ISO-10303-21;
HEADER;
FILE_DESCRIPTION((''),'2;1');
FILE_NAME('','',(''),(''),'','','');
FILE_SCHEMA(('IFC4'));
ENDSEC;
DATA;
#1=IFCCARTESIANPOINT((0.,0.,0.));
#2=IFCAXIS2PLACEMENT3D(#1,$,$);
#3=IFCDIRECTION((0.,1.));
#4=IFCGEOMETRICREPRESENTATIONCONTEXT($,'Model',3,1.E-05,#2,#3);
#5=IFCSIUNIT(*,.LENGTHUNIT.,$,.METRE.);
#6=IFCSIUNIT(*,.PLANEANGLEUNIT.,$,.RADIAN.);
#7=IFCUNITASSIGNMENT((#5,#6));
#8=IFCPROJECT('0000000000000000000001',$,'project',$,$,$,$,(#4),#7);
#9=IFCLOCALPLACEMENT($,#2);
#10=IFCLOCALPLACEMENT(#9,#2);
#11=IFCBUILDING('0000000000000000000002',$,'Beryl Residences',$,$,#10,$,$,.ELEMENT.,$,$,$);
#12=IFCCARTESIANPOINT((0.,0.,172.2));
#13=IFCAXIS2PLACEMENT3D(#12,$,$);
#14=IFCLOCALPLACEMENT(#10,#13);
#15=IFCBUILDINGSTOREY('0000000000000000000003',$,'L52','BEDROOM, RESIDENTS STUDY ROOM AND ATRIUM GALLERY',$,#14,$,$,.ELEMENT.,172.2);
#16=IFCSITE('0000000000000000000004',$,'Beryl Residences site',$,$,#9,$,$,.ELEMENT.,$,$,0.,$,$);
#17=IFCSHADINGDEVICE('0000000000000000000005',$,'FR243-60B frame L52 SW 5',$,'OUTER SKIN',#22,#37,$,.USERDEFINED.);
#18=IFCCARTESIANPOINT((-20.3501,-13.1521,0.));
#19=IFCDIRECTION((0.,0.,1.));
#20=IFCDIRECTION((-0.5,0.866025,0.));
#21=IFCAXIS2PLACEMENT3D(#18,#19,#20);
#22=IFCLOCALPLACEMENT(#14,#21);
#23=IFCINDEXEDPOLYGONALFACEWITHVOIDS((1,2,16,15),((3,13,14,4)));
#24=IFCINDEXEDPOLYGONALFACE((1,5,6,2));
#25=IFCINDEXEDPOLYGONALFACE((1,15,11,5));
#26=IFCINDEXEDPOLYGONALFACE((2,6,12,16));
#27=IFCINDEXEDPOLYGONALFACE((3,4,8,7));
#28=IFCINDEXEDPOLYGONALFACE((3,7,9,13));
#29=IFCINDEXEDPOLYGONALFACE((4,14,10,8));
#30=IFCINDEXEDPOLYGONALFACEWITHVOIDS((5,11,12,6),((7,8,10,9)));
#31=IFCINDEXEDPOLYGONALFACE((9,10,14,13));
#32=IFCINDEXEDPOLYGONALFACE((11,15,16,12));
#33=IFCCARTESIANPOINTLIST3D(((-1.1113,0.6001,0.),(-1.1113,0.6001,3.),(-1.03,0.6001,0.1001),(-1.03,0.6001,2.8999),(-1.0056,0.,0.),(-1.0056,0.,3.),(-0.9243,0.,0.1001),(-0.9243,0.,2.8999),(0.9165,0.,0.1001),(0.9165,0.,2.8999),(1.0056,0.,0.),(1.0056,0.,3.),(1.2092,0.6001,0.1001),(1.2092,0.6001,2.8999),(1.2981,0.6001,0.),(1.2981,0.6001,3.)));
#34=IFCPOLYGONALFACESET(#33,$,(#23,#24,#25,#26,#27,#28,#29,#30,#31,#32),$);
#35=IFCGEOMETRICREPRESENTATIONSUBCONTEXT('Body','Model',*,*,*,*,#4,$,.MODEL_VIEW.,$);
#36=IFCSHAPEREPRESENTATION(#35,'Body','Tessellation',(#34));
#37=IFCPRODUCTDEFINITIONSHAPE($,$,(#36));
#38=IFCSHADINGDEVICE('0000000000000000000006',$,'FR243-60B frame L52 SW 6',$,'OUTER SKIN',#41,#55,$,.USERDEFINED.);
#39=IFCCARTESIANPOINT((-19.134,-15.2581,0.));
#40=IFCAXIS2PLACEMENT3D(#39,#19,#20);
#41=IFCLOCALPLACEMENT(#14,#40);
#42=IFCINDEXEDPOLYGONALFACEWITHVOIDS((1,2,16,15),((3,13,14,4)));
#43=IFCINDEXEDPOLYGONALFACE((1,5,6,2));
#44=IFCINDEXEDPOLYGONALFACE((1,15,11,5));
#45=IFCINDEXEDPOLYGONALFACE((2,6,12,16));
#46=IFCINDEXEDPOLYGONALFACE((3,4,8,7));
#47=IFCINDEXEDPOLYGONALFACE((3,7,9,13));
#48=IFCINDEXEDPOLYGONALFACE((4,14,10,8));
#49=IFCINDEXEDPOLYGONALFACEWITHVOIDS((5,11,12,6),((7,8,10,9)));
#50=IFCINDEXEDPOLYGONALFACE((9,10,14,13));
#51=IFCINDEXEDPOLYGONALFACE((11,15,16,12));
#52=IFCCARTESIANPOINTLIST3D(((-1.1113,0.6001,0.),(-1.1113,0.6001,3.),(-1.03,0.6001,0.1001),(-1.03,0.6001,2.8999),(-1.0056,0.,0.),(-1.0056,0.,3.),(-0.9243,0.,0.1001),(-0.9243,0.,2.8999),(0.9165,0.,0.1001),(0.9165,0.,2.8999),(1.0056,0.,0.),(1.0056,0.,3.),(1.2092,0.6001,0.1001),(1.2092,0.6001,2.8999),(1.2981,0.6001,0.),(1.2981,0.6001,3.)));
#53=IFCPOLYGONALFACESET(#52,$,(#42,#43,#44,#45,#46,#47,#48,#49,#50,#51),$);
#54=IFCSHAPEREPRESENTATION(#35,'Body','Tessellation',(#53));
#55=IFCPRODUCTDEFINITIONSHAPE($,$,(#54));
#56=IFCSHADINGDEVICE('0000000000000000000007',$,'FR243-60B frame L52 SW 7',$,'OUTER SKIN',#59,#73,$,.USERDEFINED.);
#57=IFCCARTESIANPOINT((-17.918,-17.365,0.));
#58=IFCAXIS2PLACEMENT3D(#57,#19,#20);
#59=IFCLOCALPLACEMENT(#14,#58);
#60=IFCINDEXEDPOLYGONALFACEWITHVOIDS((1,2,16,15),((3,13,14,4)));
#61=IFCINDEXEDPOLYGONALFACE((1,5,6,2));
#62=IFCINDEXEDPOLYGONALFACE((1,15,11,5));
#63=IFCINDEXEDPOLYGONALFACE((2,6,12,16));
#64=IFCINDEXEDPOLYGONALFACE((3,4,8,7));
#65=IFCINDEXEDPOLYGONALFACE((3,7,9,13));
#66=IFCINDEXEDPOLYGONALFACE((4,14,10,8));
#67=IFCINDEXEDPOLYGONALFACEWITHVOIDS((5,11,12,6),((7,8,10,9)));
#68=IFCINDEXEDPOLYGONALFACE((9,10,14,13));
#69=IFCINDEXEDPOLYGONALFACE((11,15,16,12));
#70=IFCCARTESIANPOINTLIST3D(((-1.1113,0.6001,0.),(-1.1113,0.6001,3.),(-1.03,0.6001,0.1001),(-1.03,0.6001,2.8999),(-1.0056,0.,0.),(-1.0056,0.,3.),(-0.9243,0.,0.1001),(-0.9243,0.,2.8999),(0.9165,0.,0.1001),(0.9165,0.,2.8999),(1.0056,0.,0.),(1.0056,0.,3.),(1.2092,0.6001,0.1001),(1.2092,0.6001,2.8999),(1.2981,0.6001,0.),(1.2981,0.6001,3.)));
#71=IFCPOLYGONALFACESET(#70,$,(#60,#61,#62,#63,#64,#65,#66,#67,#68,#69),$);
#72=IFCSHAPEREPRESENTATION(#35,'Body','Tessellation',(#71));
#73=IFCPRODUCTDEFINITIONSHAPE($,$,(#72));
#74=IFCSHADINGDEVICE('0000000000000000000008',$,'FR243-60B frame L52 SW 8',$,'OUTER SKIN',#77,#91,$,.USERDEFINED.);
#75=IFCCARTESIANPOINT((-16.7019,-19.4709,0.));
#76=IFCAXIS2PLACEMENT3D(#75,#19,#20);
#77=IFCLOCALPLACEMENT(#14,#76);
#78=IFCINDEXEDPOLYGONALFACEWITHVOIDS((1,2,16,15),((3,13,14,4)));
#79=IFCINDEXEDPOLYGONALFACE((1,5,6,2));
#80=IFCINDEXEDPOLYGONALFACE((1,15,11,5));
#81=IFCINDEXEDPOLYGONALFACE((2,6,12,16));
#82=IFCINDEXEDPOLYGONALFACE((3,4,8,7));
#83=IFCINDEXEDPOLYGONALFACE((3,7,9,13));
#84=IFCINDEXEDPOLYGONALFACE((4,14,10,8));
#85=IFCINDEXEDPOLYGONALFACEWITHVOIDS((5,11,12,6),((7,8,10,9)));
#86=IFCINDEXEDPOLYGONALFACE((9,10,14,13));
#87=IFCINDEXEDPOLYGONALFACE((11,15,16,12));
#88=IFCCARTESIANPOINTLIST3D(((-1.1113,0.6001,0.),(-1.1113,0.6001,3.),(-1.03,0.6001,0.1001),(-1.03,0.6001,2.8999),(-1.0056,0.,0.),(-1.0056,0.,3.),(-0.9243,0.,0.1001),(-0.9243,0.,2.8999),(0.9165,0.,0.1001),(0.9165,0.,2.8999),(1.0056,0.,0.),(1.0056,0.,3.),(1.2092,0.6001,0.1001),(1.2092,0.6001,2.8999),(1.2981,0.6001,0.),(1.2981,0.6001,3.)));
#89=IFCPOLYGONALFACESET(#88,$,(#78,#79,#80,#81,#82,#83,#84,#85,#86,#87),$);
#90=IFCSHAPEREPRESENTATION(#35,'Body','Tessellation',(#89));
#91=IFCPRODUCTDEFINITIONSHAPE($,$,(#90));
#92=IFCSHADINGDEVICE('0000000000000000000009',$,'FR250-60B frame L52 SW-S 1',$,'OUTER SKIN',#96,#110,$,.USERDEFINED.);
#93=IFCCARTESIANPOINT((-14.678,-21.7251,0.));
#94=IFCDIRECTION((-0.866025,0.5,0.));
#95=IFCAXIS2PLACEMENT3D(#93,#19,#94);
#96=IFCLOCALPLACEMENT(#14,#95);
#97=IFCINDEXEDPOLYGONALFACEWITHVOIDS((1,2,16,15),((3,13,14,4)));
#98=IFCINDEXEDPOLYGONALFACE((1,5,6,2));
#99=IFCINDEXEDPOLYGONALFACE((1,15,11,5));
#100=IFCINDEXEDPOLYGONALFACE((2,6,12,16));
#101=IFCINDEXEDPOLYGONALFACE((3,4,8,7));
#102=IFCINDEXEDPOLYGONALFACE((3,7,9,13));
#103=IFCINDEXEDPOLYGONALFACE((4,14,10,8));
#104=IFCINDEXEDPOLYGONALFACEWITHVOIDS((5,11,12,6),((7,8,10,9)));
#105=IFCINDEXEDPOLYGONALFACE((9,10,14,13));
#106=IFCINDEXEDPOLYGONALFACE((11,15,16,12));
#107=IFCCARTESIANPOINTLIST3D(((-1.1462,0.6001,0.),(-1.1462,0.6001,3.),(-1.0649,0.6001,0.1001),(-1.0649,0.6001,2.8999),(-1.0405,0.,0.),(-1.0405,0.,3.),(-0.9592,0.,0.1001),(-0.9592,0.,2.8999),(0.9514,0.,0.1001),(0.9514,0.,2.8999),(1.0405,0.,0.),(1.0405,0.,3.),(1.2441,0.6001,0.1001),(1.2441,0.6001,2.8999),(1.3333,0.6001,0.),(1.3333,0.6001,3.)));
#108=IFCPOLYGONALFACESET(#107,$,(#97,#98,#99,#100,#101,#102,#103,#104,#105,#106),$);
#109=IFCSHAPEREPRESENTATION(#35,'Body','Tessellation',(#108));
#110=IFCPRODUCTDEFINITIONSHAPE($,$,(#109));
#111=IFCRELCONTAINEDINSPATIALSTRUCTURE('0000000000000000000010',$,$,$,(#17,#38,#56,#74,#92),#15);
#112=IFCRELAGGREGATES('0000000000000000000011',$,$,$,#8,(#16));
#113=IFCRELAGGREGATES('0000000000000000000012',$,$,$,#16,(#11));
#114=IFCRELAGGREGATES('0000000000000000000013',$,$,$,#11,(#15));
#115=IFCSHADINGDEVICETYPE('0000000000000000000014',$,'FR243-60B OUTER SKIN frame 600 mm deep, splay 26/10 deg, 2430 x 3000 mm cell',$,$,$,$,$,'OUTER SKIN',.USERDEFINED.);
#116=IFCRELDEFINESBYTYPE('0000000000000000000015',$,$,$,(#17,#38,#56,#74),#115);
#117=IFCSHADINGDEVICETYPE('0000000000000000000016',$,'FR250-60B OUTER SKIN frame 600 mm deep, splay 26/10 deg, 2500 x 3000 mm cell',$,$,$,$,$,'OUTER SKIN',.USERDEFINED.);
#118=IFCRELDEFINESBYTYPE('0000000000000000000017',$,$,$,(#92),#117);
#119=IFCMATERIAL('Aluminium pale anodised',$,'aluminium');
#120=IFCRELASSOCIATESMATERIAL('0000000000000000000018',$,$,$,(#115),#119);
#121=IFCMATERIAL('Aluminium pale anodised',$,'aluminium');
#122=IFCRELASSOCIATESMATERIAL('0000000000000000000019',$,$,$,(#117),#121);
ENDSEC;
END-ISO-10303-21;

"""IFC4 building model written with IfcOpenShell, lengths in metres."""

from ifc_helpers import new_model, entity, si_unit, direction, frame, origin, place, context, subcontext, project, spatial, source, transform, mapped, material, type_object, type_shapes, element, save


model = new_model("IFC4")

# Units and contexts
model_context = context("Model", 3, precision=1e-05, world=origin(), true_north=direction((0.0, 1.0)))
body_context = subcontext(model_context, "Body", "Model", "MODEL_VIEW")
ifc_project = project(units=[si_unit("LENGTHUNIT", "METRE"), si_unit("PLANEANGLEUNIT", "RADIAN")], contexts=[model_context])

# Site, building, storey
site_placement = place(None, origin())
site = spatial("IfcSite", under=ifc_project, at=site_placement, Name="Beryl Residences site", CompositionType="ELEMENT", RefElevation=0.0)
building_placement = place(site_placement, origin())
building = spatial("IfcBuilding", under=site, at=building_placement, Name="Beryl Residences", CompositionType="ELEMENT")
storey_placement = place(building_placement, frame((0.0, 0.0, 172.2)))
storey = spatial("IfcBuildingStorey", under=building, at=storey_placement, Name="L52", Description="BEDROOM, RESIDENTS STUDY ROOM AND ATRIUM GALLERY", CompositionType="ELEMENT", Elevation=172.2)

# Shading devices
ifc_material_1 = material(Name="Aluminium pale anodised", Category="aluminium")
shading_device_type_1 = type_object("IfcShadingDeviceType", Name="FR243-60B OUTER SKIN frame 600 mm deep, splay 26/10 deg, 2430 x 3000 mm cell", ElementType="OUTER SKIN", PredefinedType="USERDEFINED", material=ifc_material_1)
cartesian_point_1 = entity("IfcCartesianPoint", [-1.0056, 0.0])
cartesian_point_2 = entity("IfcCartesianPoint", [-0.9165, 0.1001])
cartesian_point_3 = entity("IfcCartesianPoint", [-1.2981, 0.0])
cartesian_point_4 = entity("IfcCartesianPoint", [-1.2092, 0.1001])
shared_shape_1 = source(origin(), body_context, "Body", "SweptSolid", [
    entity("IfcExtrudedAreaSolidTapered", entity("IfcArbitraryProfileDefWithVoids", "AREA", None, entity("IfcPolyline", [cartesian_point_1, entity("IfcCartesianPoint", [1.0056, 0.0]), entity("IfcCartesianPoint", [1.0056, 3.0]), entity("IfcCartesianPoint", [-1.0056, 3.0]), cartesian_point_1]), [entity("IfcPolyline", [cartesian_point_2, entity("IfcCartesianPoint", [0.9243, 0.1001]), entity("IfcCartesianPoint", [0.9243, 2.8999]), entity("IfcCartesianPoint", [-0.9165, 2.8999]), cartesian_point_2])]), entity("IfcAxis2Placement3D", entity("IfcCartesianPoint", [0.0, 0.0, 0.0]), entity("IfcDirection", [0.0, 1.0, 0.0]), entity("IfcDirection", [-1.0, 0.0, 0.0])), entity("IfcDirection", [0.0, 0.0, 1.0]), 0.6001, entity("IfcArbitraryProfileDefWithVoids", "AREA", None, entity("IfcPolyline", [cartesian_point_3, entity("IfcCartesianPoint", [1.1113, 0.0]), entity("IfcCartesianPoint", [1.1113, 3.0]), entity("IfcCartesianPoint", [-1.2981, 3.0]), cartesian_point_3]), [entity("IfcPolyline", [cartesian_point_4, entity("IfcCartesianPoint", [1.03, 0.1001]), entity("IfcCartesianPoint", [1.03, 2.8999]), entity("IfcCartesianPoint", [-1.2092, 2.8999]), cartesian_point_4])])),
])
type_shapes(shading_device_type_1, [shared_shape_1])
for number, where, z_axis, x_axis, name in (
    (1, (-20.3501, -13.1521, 0.0), (0.0, 0.0, 1.0), (-0.5, 0.866025, 0.0), "FR243-60B frame L52 SW 5"),
    (2, (-19.134, -15.2581, 0.0), (0.0, 0.0, 1.0), (-0.5, 0.866025, 0.0), "FR243-60B frame L52 SW 6"),
    (3, (-17.918, -17.365, 0.0), (0.0, 0.0, 1.0), (-0.5, 0.866025, 0.0), "FR243-60B frame L52 SW 7"),
    (4, (-16.7019, -19.4709, 0.0), (0.0, 0.0, 1.0), (-0.5, 0.866025, 0.0), "FR243-60B frame L52 SW 8"),
):
    element("IfcShadingDevice", number, at=place(storey_placement, frame(where, z_axis=z_axis, x_axis=x_axis)), inside=storey, type_object=shading_device_type_1, Name=name, ObjectType="OUTER SKIN", PredefinedType="USERDEFINED", context=body_context, shape_type="MappedRepresentation", body=[
        mapped(shared_shape_1, transform((0.0, 0.0, 0.0))),
    ])
ifc_material_2 = material(Name="Aluminium pale anodised", Category="aluminium")
shading_device_type_2 = type_object("IfcShadingDeviceType", Name="FR250-60B OUTER SKIN frame 600 mm deep, splay 26/10 deg, 2500 x 3000 mm cell", ElementType="OUTER SKIN", PredefinedType="USERDEFINED", material=ifc_material_2)
cartesian_point_5 = entity("IfcCartesianPoint", [-1.0405, 0.0])
cartesian_point_6 = entity("IfcCartesianPoint", [-0.9514, 0.1001])
cartesian_point_7 = entity("IfcCartesianPoint", [-1.3333, 0.0])
cartesian_point_8 = entity("IfcCartesianPoint", [-1.2441, 0.1001])
shared_shape_2 = source(origin(), body_context, "Body", "SweptSolid", [
    entity("IfcExtrudedAreaSolidTapered", entity("IfcArbitraryProfileDefWithVoids", "AREA", None, entity("IfcPolyline", [cartesian_point_5, entity("IfcCartesianPoint", [1.0405, 0.0]), entity("IfcCartesianPoint", [1.0405, 3.0]), entity("IfcCartesianPoint", [-1.0405, 3.0]), cartesian_point_5]), [entity("IfcPolyline", [cartesian_point_6, entity("IfcCartesianPoint", [0.9592, 0.1001]), entity("IfcCartesianPoint", [0.9592, 2.8999]), entity("IfcCartesianPoint", [-0.9514, 2.8999]), cartesian_point_6])]), entity("IfcAxis2Placement3D", entity("IfcCartesianPoint", [0.0, 0.0, 0.0]), entity("IfcDirection", [0.0, 1.0, 0.0]), entity("IfcDirection", [-1.0, 0.0, 0.0])), entity("IfcDirection", [0.0, 0.0, 1.0]), 0.6001, entity("IfcArbitraryProfileDefWithVoids", "AREA", None, entity("IfcPolyline", [cartesian_point_7, entity("IfcCartesianPoint", [1.1462, 0.0]), entity("IfcCartesianPoint", [1.1462, 3.0]), entity("IfcCartesianPoint", [-1.3333, 3.0]), cartesian_point_7]), [entity("IfcPolyline", [cartesian_point_8, entity("IfcCartesianPoint", [1.0649, 0.1001]), entity("IfcCartesianPoint", [1.0649, 2.8999]), entity("IfcCartesianPoint", [-1.2441, 2.8999]), cartesian_point_8])])),
])
type_shapes(shading_device_type_2, [shared_shape_2])
shading_device_placement = place(storey_placement, frame((-14.678, -21.7251, 0.0), z_axis=(0.0, 0.0, 1.0), x_axis=(-0.866025, 0.5, 0.0)))
element("IfcShadingDevice", 5, at=shading_device_placement, inside=storey, type_object=shading_device_type_2, Name="FR250-60B frame L52 SW-S 1", ObjectType="OUTER SKIN", PredefinedType="USERDEFINED", context=body_context, shape_type="MappedRepresentation", body=[
    mapped(shared_shape_2, transform((0.0, 0.0, 0.0))),
])

save(model, "model.ifc")
